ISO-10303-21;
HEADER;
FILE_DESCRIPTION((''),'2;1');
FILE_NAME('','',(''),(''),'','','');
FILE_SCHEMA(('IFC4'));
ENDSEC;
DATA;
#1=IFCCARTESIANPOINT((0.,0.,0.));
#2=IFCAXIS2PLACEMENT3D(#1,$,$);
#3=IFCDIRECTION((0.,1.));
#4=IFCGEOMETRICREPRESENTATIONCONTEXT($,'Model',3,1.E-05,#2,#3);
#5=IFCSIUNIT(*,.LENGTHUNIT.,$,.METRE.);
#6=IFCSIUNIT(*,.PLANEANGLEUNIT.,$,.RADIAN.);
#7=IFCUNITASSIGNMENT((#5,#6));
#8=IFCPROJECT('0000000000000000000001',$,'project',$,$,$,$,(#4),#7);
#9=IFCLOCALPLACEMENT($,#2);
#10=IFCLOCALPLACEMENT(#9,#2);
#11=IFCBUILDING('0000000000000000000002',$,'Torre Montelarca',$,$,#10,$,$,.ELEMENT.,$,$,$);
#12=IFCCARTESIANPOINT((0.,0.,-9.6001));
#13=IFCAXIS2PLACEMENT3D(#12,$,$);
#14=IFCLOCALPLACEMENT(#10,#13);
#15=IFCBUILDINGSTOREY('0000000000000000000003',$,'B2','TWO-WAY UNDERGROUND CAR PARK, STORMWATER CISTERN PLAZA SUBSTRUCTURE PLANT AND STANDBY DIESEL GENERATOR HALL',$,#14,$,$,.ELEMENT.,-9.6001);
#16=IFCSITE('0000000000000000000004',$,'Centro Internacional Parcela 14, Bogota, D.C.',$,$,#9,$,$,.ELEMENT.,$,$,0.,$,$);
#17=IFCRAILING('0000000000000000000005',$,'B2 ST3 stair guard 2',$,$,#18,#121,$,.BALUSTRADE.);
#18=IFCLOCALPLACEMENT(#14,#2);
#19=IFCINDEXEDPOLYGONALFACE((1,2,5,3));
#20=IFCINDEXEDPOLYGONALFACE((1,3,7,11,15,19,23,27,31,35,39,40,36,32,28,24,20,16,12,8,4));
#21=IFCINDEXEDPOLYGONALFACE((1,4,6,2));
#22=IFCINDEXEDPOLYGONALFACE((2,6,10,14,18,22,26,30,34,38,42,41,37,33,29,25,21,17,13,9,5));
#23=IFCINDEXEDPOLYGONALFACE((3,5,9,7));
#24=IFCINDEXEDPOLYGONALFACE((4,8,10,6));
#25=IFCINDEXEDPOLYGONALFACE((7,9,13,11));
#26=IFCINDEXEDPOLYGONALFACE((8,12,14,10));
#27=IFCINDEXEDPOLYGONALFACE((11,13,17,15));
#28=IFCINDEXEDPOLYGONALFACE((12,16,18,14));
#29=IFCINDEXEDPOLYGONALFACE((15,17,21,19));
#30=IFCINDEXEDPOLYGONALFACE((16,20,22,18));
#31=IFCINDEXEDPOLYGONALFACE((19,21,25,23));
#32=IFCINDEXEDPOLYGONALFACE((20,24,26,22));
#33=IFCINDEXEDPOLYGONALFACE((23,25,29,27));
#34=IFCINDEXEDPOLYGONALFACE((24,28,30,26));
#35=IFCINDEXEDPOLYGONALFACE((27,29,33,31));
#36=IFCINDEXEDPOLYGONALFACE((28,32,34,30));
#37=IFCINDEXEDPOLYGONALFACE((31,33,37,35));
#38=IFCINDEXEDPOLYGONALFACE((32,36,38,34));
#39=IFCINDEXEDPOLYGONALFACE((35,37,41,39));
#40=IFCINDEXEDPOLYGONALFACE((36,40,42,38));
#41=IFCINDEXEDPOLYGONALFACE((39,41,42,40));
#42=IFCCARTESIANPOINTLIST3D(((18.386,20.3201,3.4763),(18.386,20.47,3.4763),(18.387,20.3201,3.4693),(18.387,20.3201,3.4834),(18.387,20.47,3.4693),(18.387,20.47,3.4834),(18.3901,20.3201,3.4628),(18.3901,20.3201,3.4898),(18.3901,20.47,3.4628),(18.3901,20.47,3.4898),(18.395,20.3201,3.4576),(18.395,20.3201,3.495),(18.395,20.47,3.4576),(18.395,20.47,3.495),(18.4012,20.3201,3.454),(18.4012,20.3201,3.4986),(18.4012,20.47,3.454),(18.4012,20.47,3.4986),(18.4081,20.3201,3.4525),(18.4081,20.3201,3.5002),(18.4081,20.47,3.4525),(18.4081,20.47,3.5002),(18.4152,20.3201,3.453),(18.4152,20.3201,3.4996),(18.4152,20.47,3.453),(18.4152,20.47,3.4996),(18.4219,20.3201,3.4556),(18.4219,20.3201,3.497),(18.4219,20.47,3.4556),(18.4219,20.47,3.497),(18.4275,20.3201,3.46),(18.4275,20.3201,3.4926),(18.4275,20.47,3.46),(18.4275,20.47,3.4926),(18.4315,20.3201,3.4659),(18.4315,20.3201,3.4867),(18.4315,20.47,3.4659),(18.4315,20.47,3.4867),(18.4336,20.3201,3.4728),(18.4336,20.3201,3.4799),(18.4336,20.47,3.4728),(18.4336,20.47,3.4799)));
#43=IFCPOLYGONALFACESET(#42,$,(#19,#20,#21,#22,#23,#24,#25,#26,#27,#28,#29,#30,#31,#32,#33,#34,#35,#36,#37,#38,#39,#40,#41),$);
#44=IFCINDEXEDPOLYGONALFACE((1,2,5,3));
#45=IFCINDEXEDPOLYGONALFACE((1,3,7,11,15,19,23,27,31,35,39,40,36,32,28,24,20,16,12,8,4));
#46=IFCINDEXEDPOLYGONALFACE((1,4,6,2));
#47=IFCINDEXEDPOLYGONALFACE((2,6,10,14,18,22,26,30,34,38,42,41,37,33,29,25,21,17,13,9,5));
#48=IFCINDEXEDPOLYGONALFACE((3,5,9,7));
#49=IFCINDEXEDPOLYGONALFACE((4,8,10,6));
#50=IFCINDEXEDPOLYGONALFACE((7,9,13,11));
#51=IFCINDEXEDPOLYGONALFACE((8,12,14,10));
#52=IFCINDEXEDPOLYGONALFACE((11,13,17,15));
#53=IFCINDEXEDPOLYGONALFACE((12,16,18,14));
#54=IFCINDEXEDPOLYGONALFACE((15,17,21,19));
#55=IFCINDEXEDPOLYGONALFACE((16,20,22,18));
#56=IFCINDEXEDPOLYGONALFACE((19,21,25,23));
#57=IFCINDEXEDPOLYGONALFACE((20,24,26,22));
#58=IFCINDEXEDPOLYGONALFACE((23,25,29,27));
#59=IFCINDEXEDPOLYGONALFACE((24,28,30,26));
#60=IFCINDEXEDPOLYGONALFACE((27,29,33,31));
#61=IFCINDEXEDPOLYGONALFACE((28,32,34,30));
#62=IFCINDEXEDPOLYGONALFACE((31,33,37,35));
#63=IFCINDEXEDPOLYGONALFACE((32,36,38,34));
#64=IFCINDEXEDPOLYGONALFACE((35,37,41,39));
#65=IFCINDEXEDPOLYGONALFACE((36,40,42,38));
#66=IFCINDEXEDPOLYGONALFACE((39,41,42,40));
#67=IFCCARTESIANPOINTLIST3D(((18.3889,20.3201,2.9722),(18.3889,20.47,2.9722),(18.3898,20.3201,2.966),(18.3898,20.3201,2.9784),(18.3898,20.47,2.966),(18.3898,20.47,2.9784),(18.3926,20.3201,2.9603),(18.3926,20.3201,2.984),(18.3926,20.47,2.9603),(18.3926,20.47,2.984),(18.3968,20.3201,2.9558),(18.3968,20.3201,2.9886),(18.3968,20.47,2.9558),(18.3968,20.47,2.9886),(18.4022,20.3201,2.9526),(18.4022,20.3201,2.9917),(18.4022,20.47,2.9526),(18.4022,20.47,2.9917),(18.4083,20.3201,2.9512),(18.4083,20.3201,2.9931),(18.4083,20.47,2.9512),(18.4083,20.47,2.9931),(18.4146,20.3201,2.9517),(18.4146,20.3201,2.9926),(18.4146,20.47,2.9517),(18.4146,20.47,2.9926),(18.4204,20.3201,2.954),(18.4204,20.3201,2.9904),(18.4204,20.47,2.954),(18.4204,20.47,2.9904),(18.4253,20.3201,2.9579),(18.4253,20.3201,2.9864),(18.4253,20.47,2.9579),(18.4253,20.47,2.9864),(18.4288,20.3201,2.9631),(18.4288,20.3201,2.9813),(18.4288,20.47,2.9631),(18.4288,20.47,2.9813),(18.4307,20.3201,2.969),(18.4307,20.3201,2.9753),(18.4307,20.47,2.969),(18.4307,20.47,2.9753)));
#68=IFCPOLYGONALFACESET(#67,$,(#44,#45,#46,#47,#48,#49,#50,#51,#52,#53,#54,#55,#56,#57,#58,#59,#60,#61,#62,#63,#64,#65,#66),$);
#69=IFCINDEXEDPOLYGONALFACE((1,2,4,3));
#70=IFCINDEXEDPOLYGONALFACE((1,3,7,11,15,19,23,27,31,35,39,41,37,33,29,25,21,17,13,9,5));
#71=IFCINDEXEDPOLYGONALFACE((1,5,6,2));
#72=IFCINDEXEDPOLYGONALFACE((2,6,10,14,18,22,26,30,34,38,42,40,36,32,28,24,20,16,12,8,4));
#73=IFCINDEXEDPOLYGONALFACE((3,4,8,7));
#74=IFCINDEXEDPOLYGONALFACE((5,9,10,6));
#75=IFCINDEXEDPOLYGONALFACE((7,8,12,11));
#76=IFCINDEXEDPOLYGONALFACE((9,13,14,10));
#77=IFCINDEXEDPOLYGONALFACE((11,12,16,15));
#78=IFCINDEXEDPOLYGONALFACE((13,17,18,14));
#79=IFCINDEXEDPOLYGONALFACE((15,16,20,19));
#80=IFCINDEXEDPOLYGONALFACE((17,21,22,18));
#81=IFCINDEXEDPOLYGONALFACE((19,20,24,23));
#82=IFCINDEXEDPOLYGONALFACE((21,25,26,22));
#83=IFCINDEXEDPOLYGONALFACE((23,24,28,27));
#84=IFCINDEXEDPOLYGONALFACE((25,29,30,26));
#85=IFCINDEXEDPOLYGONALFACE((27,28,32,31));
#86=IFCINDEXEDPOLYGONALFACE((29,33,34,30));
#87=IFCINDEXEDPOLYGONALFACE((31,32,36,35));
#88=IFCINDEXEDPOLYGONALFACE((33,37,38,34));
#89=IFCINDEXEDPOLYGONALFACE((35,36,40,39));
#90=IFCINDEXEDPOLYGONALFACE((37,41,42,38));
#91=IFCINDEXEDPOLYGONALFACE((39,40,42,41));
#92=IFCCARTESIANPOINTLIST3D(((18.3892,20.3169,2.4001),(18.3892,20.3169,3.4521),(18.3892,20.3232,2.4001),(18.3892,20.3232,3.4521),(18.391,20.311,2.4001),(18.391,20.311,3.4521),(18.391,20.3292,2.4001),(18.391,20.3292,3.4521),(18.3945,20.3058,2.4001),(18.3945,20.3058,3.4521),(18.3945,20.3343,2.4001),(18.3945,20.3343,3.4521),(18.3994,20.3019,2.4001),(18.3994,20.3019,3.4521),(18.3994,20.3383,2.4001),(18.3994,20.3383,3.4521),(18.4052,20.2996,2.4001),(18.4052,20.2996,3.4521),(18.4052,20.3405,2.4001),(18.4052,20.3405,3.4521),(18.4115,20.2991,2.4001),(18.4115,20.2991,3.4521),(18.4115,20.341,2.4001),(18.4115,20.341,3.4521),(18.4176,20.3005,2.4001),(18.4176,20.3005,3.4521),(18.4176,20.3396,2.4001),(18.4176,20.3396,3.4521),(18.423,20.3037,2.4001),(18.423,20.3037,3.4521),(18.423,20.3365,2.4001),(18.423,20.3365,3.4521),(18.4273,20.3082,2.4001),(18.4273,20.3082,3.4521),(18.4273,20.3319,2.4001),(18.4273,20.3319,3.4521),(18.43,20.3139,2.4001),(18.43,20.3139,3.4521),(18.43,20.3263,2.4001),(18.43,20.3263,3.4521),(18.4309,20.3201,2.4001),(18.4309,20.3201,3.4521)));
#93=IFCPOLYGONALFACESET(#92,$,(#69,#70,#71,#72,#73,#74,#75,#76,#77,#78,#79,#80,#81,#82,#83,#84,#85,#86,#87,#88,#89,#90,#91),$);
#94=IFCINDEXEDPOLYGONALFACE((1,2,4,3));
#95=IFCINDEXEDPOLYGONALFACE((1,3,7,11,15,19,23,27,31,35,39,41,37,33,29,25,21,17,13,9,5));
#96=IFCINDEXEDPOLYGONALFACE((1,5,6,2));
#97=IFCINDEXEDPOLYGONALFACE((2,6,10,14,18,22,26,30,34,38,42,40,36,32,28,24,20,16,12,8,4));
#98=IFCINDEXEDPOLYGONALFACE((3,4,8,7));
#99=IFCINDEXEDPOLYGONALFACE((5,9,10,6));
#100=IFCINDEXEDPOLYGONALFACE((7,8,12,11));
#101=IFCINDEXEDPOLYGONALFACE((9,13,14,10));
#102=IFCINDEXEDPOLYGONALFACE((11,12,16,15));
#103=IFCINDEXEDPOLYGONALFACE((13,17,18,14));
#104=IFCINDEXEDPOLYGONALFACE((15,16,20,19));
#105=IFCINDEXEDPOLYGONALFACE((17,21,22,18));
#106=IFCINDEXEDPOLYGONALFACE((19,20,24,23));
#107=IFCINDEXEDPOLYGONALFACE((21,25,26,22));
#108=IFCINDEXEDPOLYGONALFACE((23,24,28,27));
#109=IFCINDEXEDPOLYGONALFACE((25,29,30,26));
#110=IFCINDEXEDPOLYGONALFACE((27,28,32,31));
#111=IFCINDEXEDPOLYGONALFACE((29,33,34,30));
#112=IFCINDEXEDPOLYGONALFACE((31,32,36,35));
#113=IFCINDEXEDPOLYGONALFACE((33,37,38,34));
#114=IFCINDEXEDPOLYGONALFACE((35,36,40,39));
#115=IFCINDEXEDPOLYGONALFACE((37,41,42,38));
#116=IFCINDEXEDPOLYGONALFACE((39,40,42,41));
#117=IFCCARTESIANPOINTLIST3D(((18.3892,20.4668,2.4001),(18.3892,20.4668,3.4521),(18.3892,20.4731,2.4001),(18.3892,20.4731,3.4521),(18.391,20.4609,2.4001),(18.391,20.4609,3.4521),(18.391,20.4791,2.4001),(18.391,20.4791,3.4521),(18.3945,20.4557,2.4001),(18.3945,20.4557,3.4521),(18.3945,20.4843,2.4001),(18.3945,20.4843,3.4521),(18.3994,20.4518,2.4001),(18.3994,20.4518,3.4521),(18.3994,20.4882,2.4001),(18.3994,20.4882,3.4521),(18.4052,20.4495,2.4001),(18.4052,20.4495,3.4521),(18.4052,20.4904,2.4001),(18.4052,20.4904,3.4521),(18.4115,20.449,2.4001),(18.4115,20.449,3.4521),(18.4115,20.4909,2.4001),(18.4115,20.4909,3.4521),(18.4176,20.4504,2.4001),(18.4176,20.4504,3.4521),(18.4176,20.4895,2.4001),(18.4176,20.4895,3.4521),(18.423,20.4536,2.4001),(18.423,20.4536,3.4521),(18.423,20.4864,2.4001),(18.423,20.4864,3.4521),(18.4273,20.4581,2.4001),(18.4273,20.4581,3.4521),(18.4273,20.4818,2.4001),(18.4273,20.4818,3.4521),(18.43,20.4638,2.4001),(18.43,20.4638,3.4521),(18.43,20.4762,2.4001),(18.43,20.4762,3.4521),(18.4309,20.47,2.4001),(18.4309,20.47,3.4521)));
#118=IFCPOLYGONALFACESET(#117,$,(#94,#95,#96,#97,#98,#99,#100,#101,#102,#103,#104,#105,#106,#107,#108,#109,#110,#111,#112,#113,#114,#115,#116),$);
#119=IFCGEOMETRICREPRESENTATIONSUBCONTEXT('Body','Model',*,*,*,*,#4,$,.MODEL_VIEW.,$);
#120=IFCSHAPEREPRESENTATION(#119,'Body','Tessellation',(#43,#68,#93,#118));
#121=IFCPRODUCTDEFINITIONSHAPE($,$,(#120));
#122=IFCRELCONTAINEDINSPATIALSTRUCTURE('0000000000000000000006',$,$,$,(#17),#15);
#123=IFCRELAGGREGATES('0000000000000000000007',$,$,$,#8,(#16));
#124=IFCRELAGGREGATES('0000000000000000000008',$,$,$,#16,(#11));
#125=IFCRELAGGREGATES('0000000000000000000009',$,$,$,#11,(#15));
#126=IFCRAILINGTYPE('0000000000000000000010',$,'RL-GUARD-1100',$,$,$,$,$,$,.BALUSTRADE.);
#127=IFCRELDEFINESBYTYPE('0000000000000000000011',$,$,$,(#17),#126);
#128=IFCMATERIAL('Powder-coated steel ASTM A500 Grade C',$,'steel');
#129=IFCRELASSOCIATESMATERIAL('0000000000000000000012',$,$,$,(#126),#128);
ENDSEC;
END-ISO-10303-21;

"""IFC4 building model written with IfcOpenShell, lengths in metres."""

from ifc_helpers import new_model, si_unit, direction, frame, origin, origin_2d, place, context, subcontext, project, spatial, circle, extrude, material, type_object, element, save


model = new_model("IFC4")

# Units and contexts
model_context = context("Model", 3, precision=1e-05, world=origin(), true_north=direction((0.0, 1.0)))
body_context = subcontext(model_context, "Body", "Model", "MODEL_VIEW")
ifc_project = project(units=[si_unit("LENGTHUNIT", "METRE"), si_unit("PLANEANGLEUNIT", "RADIAN")], contexts=[model_context])

# Site, building, storey
site_placement = place(None, origin())
site = spatial("IfcSite", under=ifc_project, at=site_placement, Name="Centro Internacional Parcela 14, Bogota, D.C.", CompositionType="ELEMENT", RefElevation=0.0)
building_placement = place(site_placement, origin())
building = spatial("IfcBuilding", under=site, at=building_placement, Name="Torre Montelarca", CompositionType="ELEMENT")
storey_placement = place(building_placement, frame((0.0, 0.0, -9.6001)))
storey = spatial("IfcBuildingStorey", under=building, at=storey_placement, Name="B2", Description="TWO-WAY UNDERGROUND CAR PARK, STORMWATER CISTERN PLAZA SUBSTRUCTURE PLANT AND STANDBY DIESEL GENERATOR HALL", CompositionType="ELEMENT", Elevation=-9.6001)

# Railing
ifc_material_1 = material(Name="Powder-coated steel ASTM A500 Grade C", Category="steel")
railing_type_1 = type_object("IfcRailingType", Name="RL-GUARD-1100", PredefinedType="BALUSTRADE", material=ifc_material_1)
railing_1_placement = place(storey_placement, frame((18.4099, 20.3201, 2.4001)))
element("IfcRailing", 1, at=railing_1_placement, inside=storey, type_object=railing_type_1, Name="B2 ST3 stair guard 2", PredefinedType="BALUSTRADE", context=body_context, shape_type="SweptSolid", body=[
    extrude(circle(Radius=0.0239, at=origin_2d()), frame((0.0, 0.0, 1.0762), z_axis=(0.0, 1.0, 0.0), x_axis=(-1.0, 0.0, 0.0)), (0.0, 0.0, 1.0), 0.1499),
    extrude(circle(Radius=0.021, at=origin_2d()), frame((0.0, 0.0, 0.572), z_axis=(0.0, 1.0, 0.0), x_axis=(-1.0, 0.0, 0.0)), (0.0, 0.0, 1.0), 0.1499),
    extrude(circle(Radius=0.021, at=origin_2d()), origin(), (0.0, 0.0, 1.0), 1.052),
    extrude(circle(Radius=0.021, at=origin_2d()), frame((0.0, 0.1499, 0.0)), (0.0, 0.0, 1.0), 1.052),
])

save(model, "model.ifc")
